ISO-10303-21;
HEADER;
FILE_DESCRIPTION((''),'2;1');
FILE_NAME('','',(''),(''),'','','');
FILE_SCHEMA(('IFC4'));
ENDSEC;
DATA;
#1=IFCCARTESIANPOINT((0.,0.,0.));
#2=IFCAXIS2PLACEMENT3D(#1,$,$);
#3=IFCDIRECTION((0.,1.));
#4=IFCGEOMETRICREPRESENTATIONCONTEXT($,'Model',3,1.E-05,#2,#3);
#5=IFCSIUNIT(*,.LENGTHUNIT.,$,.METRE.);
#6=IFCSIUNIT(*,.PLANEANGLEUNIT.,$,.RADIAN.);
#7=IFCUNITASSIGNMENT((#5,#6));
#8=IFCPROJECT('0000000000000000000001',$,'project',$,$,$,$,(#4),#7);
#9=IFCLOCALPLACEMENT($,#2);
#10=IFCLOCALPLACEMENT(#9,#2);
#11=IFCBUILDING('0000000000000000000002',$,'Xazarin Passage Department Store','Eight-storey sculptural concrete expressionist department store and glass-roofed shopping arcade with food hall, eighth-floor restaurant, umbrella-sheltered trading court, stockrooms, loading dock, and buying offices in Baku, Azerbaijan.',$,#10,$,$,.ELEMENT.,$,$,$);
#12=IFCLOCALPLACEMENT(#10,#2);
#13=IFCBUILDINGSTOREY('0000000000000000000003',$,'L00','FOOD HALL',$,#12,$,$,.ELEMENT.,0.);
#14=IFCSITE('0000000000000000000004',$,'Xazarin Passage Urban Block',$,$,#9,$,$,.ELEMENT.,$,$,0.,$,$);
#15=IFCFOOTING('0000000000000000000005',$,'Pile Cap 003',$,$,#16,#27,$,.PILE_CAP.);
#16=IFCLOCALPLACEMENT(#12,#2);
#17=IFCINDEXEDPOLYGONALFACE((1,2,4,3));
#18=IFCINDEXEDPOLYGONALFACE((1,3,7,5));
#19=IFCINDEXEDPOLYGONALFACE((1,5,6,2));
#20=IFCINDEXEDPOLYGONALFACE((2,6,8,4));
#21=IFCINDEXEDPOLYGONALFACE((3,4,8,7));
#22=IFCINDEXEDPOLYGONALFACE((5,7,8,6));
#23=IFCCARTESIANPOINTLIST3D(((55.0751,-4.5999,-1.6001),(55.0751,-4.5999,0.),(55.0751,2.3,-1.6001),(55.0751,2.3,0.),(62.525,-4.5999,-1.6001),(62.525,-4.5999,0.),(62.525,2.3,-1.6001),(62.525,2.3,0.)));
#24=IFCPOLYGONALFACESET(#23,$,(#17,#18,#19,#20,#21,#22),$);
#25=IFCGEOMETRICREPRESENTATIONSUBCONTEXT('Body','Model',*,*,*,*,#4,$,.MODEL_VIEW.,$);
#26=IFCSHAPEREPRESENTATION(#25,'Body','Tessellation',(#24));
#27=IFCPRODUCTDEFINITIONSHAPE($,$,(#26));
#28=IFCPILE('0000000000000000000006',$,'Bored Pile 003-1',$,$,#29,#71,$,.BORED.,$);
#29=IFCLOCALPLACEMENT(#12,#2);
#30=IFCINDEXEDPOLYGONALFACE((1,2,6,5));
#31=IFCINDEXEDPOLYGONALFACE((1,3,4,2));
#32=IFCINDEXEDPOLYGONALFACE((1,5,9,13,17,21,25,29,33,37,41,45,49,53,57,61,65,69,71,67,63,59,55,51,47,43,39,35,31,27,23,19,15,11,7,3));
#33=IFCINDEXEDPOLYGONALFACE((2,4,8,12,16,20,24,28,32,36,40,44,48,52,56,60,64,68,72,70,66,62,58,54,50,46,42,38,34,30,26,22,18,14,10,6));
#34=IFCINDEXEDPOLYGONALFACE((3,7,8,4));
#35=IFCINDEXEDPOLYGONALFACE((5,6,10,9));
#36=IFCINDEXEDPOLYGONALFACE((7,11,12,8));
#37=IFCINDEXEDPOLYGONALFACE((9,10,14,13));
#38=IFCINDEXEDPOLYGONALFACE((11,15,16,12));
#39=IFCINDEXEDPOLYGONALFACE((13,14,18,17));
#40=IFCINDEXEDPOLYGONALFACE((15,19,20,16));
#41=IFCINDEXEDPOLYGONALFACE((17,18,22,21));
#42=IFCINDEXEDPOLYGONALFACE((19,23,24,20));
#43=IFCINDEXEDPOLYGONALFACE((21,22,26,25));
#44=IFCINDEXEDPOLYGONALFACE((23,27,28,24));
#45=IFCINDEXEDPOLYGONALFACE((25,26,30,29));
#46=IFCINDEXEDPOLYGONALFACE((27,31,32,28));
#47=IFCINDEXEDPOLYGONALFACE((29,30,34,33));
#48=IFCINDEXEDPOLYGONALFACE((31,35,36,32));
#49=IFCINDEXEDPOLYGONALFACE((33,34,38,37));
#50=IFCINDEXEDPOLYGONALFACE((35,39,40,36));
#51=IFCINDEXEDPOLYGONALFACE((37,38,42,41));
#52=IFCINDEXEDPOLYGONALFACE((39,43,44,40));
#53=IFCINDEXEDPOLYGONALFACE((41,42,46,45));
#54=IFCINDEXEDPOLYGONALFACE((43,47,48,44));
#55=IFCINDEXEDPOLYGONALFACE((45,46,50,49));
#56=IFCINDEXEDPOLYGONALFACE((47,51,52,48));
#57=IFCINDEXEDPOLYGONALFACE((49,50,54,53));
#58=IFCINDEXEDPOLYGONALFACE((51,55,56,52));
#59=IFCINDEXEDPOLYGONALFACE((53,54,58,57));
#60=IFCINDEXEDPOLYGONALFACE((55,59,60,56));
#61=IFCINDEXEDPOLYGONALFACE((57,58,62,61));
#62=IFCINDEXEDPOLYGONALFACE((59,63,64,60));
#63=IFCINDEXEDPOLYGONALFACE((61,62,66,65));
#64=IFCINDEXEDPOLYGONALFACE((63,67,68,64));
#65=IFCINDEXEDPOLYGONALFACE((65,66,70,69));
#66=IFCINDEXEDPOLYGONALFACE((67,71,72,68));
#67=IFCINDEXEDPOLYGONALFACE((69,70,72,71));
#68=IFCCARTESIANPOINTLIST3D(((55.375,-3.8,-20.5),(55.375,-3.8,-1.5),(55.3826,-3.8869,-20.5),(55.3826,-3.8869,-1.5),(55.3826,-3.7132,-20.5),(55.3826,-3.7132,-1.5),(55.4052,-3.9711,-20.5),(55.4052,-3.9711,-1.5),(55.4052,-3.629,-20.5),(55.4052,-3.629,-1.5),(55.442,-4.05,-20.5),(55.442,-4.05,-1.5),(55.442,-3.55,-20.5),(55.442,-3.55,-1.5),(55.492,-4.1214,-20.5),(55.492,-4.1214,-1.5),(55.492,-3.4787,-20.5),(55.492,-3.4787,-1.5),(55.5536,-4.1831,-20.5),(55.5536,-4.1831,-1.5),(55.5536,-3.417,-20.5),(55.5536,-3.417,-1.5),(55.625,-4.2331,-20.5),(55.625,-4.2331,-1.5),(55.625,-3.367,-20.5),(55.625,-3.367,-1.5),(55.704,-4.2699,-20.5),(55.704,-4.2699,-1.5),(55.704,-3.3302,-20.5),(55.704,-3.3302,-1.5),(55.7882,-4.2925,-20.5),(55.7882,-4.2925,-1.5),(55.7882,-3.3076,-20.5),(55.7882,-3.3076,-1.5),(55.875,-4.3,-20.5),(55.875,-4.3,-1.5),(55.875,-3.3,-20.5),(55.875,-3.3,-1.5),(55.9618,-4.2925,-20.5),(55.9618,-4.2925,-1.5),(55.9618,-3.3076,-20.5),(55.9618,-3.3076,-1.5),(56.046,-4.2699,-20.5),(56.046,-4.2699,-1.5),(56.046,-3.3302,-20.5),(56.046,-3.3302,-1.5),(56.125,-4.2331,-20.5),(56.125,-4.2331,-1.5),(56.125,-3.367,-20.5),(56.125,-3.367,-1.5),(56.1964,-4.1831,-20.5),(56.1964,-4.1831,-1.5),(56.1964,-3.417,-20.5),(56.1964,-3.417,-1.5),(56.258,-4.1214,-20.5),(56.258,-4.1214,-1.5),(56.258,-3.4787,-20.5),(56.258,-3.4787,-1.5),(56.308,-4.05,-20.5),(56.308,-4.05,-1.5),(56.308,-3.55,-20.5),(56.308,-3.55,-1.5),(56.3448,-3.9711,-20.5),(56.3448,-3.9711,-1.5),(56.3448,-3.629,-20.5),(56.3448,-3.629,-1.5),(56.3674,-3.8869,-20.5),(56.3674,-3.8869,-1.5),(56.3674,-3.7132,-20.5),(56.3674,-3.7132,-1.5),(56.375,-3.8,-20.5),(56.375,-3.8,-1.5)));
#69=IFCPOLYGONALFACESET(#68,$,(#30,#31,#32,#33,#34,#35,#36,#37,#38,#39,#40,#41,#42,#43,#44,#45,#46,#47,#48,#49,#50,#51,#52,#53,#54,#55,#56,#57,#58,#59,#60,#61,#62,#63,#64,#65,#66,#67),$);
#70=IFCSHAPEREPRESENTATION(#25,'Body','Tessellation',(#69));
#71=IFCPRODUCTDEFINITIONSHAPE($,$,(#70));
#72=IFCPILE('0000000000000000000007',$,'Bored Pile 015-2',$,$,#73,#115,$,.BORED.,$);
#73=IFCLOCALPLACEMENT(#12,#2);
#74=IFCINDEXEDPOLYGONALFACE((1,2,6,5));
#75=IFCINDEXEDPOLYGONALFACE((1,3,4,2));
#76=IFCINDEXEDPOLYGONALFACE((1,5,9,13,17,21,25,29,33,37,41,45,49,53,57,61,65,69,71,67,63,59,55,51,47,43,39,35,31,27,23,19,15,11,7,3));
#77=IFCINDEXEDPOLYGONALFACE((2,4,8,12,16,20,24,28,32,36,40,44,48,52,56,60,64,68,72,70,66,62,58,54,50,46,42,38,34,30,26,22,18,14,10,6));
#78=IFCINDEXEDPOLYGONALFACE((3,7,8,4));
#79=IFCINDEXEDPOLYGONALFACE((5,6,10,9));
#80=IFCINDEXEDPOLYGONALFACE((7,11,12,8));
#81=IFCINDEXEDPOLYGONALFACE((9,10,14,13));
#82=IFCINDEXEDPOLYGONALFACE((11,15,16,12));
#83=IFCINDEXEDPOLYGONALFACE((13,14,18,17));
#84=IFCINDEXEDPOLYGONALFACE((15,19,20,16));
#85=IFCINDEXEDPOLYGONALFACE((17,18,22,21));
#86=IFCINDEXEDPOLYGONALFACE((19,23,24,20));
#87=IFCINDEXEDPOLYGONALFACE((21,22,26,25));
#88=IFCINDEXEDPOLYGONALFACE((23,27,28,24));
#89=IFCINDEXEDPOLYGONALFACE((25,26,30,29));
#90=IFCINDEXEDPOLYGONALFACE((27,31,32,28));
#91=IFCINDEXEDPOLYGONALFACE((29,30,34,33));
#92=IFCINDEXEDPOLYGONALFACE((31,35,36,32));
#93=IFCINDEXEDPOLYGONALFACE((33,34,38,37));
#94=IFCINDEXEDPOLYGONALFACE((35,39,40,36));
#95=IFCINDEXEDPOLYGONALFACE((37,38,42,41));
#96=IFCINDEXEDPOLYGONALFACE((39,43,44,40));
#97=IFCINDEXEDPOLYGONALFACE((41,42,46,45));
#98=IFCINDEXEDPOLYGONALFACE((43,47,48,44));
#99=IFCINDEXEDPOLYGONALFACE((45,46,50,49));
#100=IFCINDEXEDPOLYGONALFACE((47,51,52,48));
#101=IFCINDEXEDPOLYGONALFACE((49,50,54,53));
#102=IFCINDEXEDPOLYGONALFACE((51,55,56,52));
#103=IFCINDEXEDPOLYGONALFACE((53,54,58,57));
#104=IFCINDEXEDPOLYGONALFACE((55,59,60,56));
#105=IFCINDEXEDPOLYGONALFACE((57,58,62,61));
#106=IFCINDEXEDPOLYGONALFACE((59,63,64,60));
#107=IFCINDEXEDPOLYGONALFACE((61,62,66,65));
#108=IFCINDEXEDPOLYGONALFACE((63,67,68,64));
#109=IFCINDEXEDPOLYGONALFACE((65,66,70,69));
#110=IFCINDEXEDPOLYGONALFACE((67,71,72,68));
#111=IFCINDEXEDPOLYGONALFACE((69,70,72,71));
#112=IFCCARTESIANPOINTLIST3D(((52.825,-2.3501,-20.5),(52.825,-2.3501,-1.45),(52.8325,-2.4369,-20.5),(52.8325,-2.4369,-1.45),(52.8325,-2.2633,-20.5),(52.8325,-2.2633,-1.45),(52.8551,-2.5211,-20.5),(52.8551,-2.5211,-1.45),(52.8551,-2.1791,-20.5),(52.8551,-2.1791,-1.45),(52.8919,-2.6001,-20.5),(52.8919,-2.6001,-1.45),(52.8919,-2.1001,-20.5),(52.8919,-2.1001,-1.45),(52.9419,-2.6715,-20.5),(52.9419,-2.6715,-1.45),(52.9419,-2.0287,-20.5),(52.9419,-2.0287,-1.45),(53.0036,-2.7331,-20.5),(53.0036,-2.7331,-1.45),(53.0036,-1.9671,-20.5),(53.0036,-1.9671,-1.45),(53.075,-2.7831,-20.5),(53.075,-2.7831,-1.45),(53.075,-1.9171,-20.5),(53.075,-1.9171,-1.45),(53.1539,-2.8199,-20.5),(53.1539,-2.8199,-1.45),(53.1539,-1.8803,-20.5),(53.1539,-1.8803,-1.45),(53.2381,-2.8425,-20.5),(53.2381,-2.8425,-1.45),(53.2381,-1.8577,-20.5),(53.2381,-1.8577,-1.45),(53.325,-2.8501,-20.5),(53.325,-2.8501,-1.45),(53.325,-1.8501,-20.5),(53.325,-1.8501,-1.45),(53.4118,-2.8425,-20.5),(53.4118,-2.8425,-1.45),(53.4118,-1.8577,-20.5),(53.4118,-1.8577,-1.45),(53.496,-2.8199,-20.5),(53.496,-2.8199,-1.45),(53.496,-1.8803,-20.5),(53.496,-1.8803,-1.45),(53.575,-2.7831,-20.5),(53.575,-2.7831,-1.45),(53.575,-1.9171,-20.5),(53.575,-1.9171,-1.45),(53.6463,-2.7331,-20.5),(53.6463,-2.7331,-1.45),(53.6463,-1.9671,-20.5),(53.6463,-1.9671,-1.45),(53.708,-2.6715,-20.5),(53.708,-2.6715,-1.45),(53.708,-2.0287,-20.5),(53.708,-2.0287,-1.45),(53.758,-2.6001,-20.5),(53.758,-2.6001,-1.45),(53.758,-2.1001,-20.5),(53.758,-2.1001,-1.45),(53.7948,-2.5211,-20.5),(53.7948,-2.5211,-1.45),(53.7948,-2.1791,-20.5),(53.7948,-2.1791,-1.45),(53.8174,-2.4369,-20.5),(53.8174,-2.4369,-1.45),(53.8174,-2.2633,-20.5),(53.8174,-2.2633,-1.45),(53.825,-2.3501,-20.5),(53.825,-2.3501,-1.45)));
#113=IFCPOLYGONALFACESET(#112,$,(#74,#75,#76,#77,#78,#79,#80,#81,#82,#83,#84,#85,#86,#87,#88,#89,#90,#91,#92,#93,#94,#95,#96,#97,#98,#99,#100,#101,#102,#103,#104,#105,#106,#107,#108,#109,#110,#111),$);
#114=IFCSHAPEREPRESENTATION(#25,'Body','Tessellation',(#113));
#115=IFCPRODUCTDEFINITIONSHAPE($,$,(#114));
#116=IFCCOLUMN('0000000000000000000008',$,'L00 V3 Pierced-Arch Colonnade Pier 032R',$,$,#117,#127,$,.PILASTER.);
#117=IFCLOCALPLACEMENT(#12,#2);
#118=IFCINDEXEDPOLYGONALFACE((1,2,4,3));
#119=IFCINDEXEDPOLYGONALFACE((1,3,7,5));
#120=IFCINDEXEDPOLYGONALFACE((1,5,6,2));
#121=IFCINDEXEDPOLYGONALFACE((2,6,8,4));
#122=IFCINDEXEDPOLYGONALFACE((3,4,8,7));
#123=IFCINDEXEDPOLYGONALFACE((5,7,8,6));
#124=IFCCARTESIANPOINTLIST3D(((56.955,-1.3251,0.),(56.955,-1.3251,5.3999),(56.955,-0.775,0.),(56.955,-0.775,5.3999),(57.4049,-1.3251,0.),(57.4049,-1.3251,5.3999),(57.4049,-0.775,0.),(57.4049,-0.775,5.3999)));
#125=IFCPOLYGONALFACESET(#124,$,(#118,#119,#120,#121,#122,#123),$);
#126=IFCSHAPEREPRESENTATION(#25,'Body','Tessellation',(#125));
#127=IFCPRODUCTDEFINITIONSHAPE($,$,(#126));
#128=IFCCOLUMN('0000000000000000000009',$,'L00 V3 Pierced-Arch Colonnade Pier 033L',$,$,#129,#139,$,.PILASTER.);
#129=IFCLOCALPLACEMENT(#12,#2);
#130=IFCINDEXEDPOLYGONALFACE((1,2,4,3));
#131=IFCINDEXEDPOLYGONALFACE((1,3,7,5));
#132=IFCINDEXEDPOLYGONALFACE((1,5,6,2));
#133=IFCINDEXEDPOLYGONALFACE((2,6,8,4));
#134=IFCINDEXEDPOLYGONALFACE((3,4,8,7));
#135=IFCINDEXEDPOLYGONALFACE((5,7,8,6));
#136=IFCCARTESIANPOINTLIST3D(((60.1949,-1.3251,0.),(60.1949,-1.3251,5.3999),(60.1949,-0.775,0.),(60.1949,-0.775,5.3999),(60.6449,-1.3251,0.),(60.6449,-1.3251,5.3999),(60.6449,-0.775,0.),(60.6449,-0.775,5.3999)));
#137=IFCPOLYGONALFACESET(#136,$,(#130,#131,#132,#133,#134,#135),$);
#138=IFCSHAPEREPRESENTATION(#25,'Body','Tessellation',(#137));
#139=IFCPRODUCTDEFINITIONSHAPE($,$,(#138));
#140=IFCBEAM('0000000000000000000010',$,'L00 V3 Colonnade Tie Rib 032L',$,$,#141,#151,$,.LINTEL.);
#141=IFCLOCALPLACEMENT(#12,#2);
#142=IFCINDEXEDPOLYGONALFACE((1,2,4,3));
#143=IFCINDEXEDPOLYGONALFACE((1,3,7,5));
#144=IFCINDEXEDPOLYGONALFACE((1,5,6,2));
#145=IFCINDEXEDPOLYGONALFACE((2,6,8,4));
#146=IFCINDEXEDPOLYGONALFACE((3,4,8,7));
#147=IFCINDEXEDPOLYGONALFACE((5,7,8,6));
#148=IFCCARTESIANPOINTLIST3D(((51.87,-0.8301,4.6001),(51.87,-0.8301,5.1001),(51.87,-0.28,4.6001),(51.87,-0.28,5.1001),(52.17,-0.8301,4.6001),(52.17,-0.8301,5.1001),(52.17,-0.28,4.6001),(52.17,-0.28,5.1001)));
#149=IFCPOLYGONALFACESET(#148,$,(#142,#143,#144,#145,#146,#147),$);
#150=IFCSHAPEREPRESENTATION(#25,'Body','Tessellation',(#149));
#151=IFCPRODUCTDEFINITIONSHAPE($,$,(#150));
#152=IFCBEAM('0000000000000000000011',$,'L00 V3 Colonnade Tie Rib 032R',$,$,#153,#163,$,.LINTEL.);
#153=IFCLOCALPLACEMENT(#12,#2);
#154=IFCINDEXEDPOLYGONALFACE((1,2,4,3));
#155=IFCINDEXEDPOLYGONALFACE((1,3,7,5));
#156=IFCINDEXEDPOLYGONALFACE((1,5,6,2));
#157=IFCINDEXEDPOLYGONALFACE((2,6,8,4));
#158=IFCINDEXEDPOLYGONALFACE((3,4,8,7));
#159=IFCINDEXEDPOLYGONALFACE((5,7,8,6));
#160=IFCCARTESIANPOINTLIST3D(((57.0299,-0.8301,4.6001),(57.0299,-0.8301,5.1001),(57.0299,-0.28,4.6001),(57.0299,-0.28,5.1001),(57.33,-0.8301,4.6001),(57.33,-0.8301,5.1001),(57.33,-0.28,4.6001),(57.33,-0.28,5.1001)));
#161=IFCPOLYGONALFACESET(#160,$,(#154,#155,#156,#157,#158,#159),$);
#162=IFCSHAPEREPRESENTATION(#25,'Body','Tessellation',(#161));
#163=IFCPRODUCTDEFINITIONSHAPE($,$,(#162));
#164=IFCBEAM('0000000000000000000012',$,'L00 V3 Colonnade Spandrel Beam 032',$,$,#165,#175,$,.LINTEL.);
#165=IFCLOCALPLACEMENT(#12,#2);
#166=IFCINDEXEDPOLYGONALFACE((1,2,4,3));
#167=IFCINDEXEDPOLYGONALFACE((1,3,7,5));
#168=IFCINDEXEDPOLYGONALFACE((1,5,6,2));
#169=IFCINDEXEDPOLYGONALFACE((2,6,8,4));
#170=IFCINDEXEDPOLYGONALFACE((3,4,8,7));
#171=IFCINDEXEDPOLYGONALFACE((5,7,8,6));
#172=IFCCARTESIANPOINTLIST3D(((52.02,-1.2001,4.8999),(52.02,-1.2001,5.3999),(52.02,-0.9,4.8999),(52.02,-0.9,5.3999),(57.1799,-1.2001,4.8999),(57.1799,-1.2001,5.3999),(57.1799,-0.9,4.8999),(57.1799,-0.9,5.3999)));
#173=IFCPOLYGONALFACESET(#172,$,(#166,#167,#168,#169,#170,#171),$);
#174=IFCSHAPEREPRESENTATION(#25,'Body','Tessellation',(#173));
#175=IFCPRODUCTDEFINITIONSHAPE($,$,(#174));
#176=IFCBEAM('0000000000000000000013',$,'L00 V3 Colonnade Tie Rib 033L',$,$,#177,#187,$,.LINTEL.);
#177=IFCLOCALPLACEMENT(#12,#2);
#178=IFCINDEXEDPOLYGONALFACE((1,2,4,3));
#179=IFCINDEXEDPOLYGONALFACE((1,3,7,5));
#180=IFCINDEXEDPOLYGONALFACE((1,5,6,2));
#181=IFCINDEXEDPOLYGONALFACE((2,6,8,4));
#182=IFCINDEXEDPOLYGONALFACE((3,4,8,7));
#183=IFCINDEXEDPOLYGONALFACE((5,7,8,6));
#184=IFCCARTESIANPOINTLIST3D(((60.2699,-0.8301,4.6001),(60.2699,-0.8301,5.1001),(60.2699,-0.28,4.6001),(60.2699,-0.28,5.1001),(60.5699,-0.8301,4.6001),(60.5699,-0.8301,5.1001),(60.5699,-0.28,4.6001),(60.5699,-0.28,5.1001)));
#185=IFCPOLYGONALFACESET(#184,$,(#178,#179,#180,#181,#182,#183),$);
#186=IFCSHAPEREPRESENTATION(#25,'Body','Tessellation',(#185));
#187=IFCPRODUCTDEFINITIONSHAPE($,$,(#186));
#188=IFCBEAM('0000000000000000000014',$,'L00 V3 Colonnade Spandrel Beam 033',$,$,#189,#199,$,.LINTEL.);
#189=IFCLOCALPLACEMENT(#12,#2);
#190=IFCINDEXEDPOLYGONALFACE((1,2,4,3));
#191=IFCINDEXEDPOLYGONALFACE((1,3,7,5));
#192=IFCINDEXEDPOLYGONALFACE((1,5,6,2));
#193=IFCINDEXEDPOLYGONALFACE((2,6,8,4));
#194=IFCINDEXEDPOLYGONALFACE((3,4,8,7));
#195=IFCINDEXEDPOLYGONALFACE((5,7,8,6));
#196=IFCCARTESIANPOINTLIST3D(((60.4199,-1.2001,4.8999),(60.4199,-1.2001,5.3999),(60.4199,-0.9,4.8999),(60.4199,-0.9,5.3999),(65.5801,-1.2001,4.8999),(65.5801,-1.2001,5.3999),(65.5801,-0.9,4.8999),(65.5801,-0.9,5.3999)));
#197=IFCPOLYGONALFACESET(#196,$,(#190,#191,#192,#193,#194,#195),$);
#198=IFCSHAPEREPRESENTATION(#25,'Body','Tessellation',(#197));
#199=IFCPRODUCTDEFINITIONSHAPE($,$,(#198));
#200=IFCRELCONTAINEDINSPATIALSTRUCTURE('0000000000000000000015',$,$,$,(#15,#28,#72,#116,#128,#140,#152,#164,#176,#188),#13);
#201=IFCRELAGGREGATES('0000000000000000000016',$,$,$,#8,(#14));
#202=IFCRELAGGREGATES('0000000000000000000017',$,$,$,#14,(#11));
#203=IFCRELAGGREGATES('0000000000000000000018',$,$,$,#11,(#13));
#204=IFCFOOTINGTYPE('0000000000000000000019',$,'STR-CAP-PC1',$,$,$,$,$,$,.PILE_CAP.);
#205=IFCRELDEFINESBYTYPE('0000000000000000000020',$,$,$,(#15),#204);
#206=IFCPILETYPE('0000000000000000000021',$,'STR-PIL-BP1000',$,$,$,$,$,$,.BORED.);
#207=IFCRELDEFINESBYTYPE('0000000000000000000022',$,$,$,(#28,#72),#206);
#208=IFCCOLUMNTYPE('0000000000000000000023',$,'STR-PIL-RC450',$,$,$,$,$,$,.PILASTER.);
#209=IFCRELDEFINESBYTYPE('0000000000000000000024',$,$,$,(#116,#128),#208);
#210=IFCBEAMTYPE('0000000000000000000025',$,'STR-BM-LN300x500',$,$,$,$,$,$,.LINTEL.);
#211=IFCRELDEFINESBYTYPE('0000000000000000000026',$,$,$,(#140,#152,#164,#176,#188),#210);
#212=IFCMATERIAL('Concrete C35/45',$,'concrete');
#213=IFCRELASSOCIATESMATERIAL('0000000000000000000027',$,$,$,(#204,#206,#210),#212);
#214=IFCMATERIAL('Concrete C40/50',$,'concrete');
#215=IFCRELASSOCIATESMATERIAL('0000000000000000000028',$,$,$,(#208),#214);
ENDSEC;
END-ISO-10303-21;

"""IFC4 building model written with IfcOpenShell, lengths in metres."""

from ifc_helpers import new_model, si_unit, direction, frame, origin, origin_2d, place, context, subcontext, project, spatial, rectangle, circle, extrude, material, material_profile, profile_set, type_object, element, save


model = new_model("IFC4")

# Units and contexts
model_context = context("Model", 3, precision=1e-05, world=origin(), true_north=direction((0.0, 1.0)))
body_context = subcontext(model_context, "Body", "Model", "MODEL_VIEW")
ifc_project = project(units=[si_unit("LENGTHUNIT", "METRE"), si_unit("PLANEANGLEUNIT", "RADIAN")], contexts=[model_context])

# Site, building, storey
site_placement = place(None, origin())
site = spatial("IfcSite", under=ifc_project, at=site_placement, Name="Xazarin Passage Urban Block", CompositionType="ELEMENT", RefElevation=0.0)
building_placement = place(site_placement, origin())
building = spatial("IfcBuilding", under=site, at=building_placement, Name="Xazarin Passage Department Store", Description="Eight-storey sculptural concrete expressionist department store and glass-roofed shopping arcade with food hall, eighth-floor restaurant, umbrella-sheltered trading court, stockrooms, loading dock, and buying offices in Baku, Azerbaijan.", CompositionType="ELEMENT")
storey_placement = place(building_placement, origin())
storey = spatial("IfcBuildingStorey", under=building, at=storey_placement, Name="L00", Description="FOOD HALL", CompositionType="ELEMENT", Elevation=0.0)

# Footing
ifc_material_1 = material(Name="Concrete C35/45", Category="concrete")
footing_type = type_object("IfcFootingType", Name="STR-CAP-PC1", PredefinedType="PILE_CAP", material=ifc_material_1)
footing_placement = place(storey_placement, frame((58.8, -1.1499, -1.6001), z_axis=(0.0, 0.0, 1.0), x_axis=(1.0, 0.0, 0.0)))
element("IfcFooting", 1, at=footing_placement, inside=storey, type_object=footing_type, Name="Pile Cap 003", PredefinedType="PILE_CAP", context=body_context, shape_type="SweptSolid", body=[
    extrude(rectangle(XDim=7.45, YDim=6.8999, at=origin_2d()), origin(), (0.0, 0.0, 1.0), 1.6001),
])

# Piles
ifc_material_profile_1 = material_profile(ifc_material_1, circle(Radius=0.5, at=origin_2d()), Name="BP 1000")
ifc_profile_set_1 = profile_set([ifc_material_profile_1], Name="Concrete C35/45")
pile_type = type_object("IfcPileType", Name="STR-PIL-BP1000", PredefinedType="BORED", material=ifc_profile_set_1)
pile_1_placement = place(storey_placement, frame((55.875, -3.8, -1.5), z_axis=(0.0, 0.0, -1.0), x_axis=(1.0, 0.0, 0.0)))
element("IfcPile", 2, at=pile_1_placement, inside=storey, type_object=pile_type, Name="Bored Pile 003-1", PredefinedType="BORED", context=body_context, shape_type="SweptSolid", body=[
    extrude(circle(Radius=0.5, at=origin_2d()), origin(), (0.0, 0.0, 1.0), 19.0),
])
pile_2_placement = place(storey_placement, frame((53.325, -2.3501, -1.45), z_axis=(0.0, 0.0, -1.0), x_axis=(1.0, 0.0, 0.0)))
element("IfcPile", 3, at=pile_2_placement, inside=storey, type_object=pile_type, Name="Bored Pile 015-2", PredefinedType="BORED", context=body_context, shape_type="SweptSolid", body=[
    extrude(circle(Radius=0.5, at=origin_2d()), origin(), (0.0, 0.0, 1.0), 19.05),
])

# Columns
ifc_material_2 = material(Name="Concrete C40/50", Category="concrete")
ifc_material_profile_2 = material_profile(ifc_material_2, rectangle(XDim=0.45, YDim=0.55, at=origin_2d()), Name="RC 450x550")
ifc_profile_set_2 = profile_set([ifc_material_profile_2], Name="Concrete C40/50")
column_type = type_object("IfcColumnType", Name="STR-PIL-RC450", PredefinedType="PILASTER", material=ifc_profile_set_2)
for number, where, z_axis, x_axis, name in (
    (4, (57.1799, -1.05, 0.0), (0.0, 0.0, 1.0), (1.0, 0.0, 0.0), "L00 V3 Pierced-Arch Colonnade Pier 032R"),
    (5, (60.4199, -1.05, 0.0), (0.0, 0.0, 1.0), (1.0, 0.0, 0.0), "L00 V3 Pierced-Arch Colonnade Pier 033L"),
):
    element("IfcColumn", number, at=place(storey_placement, frame(where, z_axis=z_axis, x_axis=x_axis)), inside=storey, type_object=column_type, Name=name, PredefinedType="PILASTER", context=body_context, shape_type="SweptSolid", body=[
        extrude(rectangle(XDim=0.45, YDim=0.55, at=origin_2d()), origin(), (0.0, 0.0, 1.0), 5.3999),
    ])

# Beams
ifc_material_profile_3 = material_profile(ifc_material_1, rectangle(XDim=0.3, YDim=0.5, at=origin_2d()), Name="RC 300x500")
ifc_profile_set_3 = profile_set([ifc_material_profile_3], Name="Concrete C35/45")
beam_type = type_object("IfcBeamType", Name="STR-BM-LN300x500", PredefinedType="LINTEL", material=ifc_profile_set_3)
for number, where, z_axis, x_axis, name in (
    (6, (52.02, -0.28, 4.8501), (0.0, -1.0, 0.0), (1.0, 0.0, 0.0), "L00 V3 Colonnade Tie Rib 032L"),
    (7, (57.1799, -0.28, 4.8501), (0.0, -1.0, 0.0), (1.0, 0.0, 0.0), "L00 V3 Colonnade Tie Rib 032R"),
):
    element("IfcBeam", number, at=place(storey_placement, frame(where, z_axis=z_axis, x_axis=x_axis)), inside=storey, type_object=beam_type, Name=name, PredefinedType="LINTEL", context=body_context, shape_type="SweptSolid", body=[
        extrude(rectangle(XDim=0.3, YDim=0.5, at=origin_2d()), origin(), (0.0, 0.0, 1.0), 0.55),
    ])
beam_1_placement = place(storey_placement, frame((52.02, -1.05, 5.1499), z_axis=(1.0, 0.0, 0.0), x_axis=(0.0, 1.0, 0.0)))
element("IfcBeam", 8, at=beam_1_placement, inside=storey, type_object=beam_type, Name="L00 V3 Colonnade Spandrel Beam 032", PredefinedType="LINTEL", context=body_context, shape_type="SweptSolid", body=[
    extrude(rectangle(XDim=0.3, YDim=0.5, at=origin_2d()), origin(), (0.0, 0.0, 1.0), 5.1599),
])
beam_2_placement = place(storey_placement, frame((60.4199, -0.28, 4.8501), z_axis=(0.0, -1.0, 0.0), x_axis=(1.0, 0.0, 0.0)))
element("IfcBeam", 9, at=beam_2_placement, inside=storey, type_object=beam_type, Name="L00 V3 Colonnade Tie Rib 033L", PredefinedType="LINTEL", context=body_context, shape_type="SweptSolid", body=[
    extrude(rectangle(XDim=0.3, YDim=0.5, at=origin_2d()), origin(), (0.0, 0.0, 1.0), 0.55),
])
beam_3_placement = place(storey_placement, frame((60.4199, -1.05, 5.1499), z_axis=(1.0, 0.0, 0.0), x_axis=(0.0, 1.0, 0.0)))
element("IfcBeam", 10, at=beam_3_placement, inside=storey, type_object=beam_type, Name="L00 V3 Colonnade Spandrel Beam 033", PredefinedType="LINTEL", context=body_context, shape_type="SweptSolid", body=[
    extrude(rectangle(XDim=0.3, YDim=0.5, at=origin_2d()), origin(), (0.0, 0.0, 1.0), 5.1602),
])

save(model, "model.ifc")
